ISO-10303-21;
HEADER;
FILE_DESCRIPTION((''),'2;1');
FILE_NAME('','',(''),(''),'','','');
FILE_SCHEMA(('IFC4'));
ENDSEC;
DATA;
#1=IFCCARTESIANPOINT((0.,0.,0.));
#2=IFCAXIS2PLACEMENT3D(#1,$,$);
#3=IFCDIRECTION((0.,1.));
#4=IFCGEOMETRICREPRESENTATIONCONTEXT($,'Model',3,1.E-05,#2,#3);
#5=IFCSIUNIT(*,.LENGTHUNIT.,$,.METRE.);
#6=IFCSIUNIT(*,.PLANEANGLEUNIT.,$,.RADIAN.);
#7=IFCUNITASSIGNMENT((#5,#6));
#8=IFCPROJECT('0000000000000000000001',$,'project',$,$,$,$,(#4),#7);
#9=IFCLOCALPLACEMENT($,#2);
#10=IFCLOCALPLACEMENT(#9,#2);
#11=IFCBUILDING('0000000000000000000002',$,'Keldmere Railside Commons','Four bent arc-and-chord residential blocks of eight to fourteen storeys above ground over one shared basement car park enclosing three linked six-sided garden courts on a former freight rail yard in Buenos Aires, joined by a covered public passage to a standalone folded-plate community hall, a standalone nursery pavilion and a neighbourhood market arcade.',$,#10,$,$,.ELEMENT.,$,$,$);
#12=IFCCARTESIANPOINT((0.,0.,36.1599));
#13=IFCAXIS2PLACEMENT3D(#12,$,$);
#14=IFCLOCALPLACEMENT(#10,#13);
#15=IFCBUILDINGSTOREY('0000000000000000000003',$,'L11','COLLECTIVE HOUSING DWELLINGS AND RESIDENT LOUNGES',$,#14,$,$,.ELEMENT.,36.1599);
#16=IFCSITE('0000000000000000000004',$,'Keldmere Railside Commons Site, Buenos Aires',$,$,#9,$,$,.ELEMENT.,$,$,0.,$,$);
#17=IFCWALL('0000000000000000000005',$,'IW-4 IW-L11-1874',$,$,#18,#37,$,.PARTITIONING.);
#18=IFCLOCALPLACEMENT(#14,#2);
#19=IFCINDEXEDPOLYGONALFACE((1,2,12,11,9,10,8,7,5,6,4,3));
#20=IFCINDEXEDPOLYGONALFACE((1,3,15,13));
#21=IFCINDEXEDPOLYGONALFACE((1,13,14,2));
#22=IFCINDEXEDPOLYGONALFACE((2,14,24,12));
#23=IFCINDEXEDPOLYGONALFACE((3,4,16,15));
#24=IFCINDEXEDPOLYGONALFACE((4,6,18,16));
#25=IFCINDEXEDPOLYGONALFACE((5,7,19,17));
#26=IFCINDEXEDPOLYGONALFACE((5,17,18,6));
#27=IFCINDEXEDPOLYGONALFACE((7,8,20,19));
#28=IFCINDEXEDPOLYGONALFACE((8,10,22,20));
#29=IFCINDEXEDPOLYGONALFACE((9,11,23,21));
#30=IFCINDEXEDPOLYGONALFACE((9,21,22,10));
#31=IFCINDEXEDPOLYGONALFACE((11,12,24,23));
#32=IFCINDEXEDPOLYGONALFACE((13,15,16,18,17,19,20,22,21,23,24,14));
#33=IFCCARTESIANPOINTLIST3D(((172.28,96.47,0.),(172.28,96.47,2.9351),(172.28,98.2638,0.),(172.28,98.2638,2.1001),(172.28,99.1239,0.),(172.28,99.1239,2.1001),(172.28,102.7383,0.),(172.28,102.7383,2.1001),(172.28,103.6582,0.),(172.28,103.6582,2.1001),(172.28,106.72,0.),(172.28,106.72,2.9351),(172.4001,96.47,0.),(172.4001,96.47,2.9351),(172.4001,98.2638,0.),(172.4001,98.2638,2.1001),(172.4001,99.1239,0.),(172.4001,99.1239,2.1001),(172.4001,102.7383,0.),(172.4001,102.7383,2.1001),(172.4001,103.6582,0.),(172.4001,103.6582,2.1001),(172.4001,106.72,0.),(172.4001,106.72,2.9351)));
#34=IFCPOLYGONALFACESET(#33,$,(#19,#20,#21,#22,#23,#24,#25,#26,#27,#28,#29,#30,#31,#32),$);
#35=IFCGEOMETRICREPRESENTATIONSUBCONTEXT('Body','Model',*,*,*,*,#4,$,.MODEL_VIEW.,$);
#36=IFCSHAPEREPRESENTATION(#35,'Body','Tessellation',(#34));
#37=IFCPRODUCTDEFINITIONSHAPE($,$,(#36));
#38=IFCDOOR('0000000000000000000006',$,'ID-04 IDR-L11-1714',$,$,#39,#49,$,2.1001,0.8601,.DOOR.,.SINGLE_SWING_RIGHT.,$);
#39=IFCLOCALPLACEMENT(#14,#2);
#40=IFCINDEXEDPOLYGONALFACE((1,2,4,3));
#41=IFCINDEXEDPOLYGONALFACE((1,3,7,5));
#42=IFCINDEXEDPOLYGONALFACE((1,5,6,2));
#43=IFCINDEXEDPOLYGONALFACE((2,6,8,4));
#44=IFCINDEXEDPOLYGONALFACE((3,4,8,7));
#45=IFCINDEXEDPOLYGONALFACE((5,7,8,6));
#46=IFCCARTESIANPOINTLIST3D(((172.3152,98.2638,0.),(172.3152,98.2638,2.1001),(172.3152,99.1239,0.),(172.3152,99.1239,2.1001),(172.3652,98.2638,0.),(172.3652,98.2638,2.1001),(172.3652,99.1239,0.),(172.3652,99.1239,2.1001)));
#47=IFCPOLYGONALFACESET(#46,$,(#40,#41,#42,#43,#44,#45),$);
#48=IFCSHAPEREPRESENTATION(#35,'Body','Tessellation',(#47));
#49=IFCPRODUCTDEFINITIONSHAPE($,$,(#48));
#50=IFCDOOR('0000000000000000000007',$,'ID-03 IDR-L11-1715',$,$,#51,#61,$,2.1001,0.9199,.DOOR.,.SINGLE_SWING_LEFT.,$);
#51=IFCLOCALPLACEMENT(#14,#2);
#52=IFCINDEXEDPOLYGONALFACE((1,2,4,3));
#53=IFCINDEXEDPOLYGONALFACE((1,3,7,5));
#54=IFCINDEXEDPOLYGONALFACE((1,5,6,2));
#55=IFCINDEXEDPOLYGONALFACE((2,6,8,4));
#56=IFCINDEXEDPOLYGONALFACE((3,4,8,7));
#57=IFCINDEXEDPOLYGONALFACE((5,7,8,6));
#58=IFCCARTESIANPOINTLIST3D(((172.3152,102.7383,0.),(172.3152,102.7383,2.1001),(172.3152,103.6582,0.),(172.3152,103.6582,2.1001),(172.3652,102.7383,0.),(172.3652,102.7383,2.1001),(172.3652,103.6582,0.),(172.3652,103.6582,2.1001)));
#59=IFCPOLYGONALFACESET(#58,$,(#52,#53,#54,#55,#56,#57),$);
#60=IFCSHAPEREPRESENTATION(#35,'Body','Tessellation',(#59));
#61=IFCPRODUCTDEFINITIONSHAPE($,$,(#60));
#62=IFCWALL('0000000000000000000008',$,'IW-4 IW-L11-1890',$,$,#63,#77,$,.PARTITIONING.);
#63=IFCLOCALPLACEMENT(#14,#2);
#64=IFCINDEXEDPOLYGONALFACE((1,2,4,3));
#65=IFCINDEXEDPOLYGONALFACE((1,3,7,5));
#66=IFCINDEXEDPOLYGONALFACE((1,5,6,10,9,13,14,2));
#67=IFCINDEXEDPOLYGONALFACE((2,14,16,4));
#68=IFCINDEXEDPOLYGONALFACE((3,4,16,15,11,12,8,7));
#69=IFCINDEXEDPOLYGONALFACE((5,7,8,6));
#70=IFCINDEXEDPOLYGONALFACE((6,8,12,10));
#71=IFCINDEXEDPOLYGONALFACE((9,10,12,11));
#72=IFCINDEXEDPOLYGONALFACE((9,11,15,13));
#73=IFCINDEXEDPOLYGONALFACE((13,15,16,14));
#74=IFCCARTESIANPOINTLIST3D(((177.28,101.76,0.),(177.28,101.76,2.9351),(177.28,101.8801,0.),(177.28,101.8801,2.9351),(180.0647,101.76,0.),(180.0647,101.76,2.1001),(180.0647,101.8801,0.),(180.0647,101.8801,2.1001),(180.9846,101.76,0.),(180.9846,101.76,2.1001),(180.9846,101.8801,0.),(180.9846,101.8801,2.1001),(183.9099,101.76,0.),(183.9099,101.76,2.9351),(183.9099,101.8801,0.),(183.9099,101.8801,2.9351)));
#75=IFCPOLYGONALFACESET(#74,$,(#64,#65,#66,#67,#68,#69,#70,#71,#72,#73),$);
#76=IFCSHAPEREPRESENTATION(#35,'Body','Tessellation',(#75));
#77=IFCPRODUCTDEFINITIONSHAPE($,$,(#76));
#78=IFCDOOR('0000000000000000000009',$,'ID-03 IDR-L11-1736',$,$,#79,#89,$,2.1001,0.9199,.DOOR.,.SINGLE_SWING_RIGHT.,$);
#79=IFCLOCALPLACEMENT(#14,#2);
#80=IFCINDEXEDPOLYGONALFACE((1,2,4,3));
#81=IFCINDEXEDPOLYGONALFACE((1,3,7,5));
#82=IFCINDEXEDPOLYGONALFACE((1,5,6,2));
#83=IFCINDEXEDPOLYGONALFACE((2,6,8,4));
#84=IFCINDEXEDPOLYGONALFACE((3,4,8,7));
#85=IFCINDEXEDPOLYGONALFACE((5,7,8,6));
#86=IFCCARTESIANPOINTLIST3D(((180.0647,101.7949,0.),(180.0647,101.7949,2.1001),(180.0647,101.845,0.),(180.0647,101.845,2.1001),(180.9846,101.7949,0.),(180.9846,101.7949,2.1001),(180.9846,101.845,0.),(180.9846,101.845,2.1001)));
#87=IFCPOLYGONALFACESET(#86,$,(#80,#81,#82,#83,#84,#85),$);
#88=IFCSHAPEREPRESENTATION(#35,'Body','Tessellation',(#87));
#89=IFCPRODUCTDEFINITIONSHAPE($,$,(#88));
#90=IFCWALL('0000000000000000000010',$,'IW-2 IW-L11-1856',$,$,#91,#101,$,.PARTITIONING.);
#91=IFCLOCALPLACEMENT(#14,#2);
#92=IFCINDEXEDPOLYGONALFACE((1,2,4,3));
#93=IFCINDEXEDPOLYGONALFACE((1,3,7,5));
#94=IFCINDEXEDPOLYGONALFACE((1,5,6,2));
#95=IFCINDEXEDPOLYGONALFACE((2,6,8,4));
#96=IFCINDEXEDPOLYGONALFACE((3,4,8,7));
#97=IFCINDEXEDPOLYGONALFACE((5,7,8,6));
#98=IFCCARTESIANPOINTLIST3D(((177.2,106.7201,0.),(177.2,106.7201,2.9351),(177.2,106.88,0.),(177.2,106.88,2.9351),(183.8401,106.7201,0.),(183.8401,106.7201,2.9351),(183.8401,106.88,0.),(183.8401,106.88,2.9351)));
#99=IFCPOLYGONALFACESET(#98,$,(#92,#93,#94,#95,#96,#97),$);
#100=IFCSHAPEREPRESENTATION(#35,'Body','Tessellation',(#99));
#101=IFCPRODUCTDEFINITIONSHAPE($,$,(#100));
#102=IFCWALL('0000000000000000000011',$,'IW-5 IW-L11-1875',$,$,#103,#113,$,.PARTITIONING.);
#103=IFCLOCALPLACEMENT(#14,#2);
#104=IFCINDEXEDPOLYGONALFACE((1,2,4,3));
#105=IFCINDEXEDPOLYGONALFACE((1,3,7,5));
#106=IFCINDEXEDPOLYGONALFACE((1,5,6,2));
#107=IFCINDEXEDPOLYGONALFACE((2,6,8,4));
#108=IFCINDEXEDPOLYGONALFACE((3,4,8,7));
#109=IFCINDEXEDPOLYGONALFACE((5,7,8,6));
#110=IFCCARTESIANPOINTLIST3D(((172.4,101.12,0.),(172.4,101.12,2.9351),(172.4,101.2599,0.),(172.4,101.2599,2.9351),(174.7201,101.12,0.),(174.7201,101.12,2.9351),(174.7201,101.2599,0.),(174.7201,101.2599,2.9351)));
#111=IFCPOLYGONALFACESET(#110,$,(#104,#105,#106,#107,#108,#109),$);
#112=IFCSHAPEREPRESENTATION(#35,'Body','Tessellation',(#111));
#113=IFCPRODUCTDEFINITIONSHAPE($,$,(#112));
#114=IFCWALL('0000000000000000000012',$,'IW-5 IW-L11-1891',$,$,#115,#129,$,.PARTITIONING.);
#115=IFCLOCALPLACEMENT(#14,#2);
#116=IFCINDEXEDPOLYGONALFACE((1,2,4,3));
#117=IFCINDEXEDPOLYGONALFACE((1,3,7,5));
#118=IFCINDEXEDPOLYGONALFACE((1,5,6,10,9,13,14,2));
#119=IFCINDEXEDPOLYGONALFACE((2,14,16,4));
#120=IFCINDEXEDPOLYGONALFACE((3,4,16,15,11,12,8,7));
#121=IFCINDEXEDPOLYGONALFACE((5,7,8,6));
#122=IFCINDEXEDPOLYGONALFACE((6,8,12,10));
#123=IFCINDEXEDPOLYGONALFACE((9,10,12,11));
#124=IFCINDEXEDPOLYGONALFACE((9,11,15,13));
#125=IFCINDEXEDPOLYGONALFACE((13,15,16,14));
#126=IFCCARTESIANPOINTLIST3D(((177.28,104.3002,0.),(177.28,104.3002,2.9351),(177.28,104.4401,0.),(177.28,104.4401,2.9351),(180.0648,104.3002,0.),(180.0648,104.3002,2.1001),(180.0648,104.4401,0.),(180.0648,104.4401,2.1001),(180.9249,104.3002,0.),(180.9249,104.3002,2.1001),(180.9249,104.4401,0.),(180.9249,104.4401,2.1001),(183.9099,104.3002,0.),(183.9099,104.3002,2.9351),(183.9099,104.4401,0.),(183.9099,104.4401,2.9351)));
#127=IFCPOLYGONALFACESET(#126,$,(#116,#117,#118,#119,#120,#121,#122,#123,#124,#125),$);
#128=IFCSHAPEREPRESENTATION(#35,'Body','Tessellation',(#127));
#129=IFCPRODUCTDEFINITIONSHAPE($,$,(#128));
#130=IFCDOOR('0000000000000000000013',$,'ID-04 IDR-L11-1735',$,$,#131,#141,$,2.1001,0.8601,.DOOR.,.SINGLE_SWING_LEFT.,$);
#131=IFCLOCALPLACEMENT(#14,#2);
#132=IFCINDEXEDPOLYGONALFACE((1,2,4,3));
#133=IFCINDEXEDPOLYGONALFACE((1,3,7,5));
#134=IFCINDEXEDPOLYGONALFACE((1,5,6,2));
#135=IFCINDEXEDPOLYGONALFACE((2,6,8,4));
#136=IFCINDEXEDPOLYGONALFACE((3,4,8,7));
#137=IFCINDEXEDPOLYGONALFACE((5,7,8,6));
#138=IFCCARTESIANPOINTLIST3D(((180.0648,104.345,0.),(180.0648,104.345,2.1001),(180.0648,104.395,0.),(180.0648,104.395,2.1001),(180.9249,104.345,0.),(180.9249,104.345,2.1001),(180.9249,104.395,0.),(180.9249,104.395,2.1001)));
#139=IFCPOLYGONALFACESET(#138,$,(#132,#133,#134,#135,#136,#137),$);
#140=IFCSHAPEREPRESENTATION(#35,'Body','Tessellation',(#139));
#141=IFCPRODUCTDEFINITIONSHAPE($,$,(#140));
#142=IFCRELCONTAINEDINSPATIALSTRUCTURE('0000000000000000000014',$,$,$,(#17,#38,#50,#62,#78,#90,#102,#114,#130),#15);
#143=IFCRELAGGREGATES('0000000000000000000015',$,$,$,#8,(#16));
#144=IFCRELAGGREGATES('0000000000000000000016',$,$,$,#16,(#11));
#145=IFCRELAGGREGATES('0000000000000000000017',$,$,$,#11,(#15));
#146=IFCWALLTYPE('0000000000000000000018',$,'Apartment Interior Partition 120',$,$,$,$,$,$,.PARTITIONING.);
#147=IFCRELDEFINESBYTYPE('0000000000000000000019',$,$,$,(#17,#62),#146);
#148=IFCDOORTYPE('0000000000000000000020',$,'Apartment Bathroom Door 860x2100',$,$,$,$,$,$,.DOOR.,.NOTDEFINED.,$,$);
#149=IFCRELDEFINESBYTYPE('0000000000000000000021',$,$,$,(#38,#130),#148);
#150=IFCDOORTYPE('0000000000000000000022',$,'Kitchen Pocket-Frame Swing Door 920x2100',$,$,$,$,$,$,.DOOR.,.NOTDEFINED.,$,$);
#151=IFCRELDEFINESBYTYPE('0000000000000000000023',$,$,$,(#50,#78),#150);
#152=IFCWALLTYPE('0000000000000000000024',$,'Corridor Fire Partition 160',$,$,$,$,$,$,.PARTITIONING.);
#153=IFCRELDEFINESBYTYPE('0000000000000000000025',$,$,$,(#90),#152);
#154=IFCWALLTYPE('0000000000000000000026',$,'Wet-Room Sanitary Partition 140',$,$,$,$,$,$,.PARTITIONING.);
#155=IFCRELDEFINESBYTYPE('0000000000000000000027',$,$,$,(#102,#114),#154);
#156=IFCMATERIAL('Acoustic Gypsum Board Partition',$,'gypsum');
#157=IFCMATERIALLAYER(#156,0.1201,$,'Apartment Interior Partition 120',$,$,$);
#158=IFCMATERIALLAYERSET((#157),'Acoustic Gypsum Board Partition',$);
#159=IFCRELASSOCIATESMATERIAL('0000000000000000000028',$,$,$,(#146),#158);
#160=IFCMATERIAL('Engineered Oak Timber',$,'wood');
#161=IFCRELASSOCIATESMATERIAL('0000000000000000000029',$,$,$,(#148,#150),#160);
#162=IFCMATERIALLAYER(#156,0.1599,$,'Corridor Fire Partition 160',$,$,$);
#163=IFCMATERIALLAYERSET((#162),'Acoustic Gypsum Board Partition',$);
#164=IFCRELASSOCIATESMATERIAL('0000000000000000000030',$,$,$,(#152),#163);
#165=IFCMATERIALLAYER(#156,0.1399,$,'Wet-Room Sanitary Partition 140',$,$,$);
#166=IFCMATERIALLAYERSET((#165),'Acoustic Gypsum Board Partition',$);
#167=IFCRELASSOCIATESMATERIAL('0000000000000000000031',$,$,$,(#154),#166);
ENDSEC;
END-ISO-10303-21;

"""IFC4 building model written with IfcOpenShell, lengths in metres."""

from ifc_helpers import new_model, si_unit, direction, frame, frame_2d, origin, place, context, subcontext, project, spatial, rectangle, extrude, material, layer, layer_set, type_object, element, fill, save


model = new_model("IFC4")

# Units and contexts
model_context = context("Model", 3, precision=1e-05, world=origin(), true_north=direction((0.0, 1.0)))
body_context = subcontext(model_context, "Body", "Model", "MODEL_VIEW")
ifc_project = project(units=[si_unit("LENGTHUNIT", "METRE"), si_unit("PLANEANGLEUNIT", "RADIAN")], contexts=[model_context])

# Site, building, storey
site_placement = place(None, origin())
site = spatial("IfcSite", under=ifc_project, at=site_placement, Name="Keldmere Railside Commons Site, Buenos Aires", CompositionType="ELEMENT", RefElevation=0.0)
building_placement = place(site_placement, origin())
building = spatial("IfcBuilding", under=site, at=building_placement, Name="Keldmere Railside Commons", Description="Four bent arc-and-chord residential blocks of eight to fourteen storeys above ground over one shared basement car park enclosing three linked six-sided garden courts on a former freight rail yard in Buenos Aires, joined by a covered public passage to a standalone folded-plate community hall, a standalone nursery pavilion and a neighbourhood market arcade.", CompositionType="ELEMENT")
storey_placement = place(building_placement, frame((0.0, 0.0, 36.1599)))
storey = spatial("IfcBuildingStorey", under=building, at=storey_placement, Name="L11", Description="COLLECTIVE HOUSING DWELLINGS AND RESIDENT LOUNGES", CompositionType="ELEMENT", Elevation=36.1599)

# Wall, openings, doors
ifc_material_1 = material(Name="Acoustic Gypsum Board Partition", Category="gypsum")
ifc_layer_1 = layer(ifc_material_1, 0.1201, Name="Apartment Interior Partition 120")
ifc_layer_set_1 = layer_set([ifc_layer_1], Name="Acoustic Gypsum Board Partition")
wall_type_1 = type_object("IfcWallType", Name="Apartment Interior Partition 120", PredefinedType="PARTITIONING", material=ifc_layer_set_1)
wall_1_placement = place(storey_placement, frame((172.3401, 96.47, 0.0), z_axis=(0.0, 0.0, 1.0), x_axis=(0.0, 1.0, 0.0)))
wall_1 = element("IfcWall", 1, at=wall_1_placement, inside=storey, type_object=wall_type_1, Name="IW-4 IW-L11-1874", PredefinedType="PARTITIONING", context=body_context, shape_type="SweptSolid", body=[
    extrude(rectangle(XDim=10.25, YDim=0.1201, at=frame_2d((5.125, 0.0))), origin(), (0.0, 0.0, 1.0), 2.9351),
])
opening_1_placement = place(wall_1_placement, frame((1.7937, 0.0, 0.0)))
opening_1 = element("IfcOpeningElement", 2, at=opening_1_placement, cuts=wall_1, PredefinedType="OPENING", context=body_context, shape_type="SweptSolid", body=[
    extrude(rectangle(XDim=0.8601, YDim=2.1001, at=frame_2d((0.4302, 1.05))), frame((0.0, 0.0701, 0.0), z_axis=(0.0, -1.0, 0.0), x_axis=(1.0, 0.0, 0.0)), (0.0, 0.0, 1.0), 0.1401),
])
opening_2_placement = place(wall_1_placement, frame((6.2683, 0.0, 0.0)))
opening_2 = element("IfcOpeningElement", 3, at=opening_2_placement, cuts=wall_1, PredefinedType="OPENING", context=body_context, shape_type="SweptSolid", body=[
    extrude(rectangle(XDim=0.9199, YDim=2.1001, at=frame_2d((0.46, 1.05))), frame((0.0, 0.0701, 0.0), z_axis=(0.0, -1.0, 0.0), x_axis=(1.0, 0.0, 0.0)), (0.0, 0.0, 1.0), 0.1401),
])
ifc_material_2 = material(Name="Engineered Oak Timber", Category="wood")
door_type_1 = type_object("IfcDoorType", Name="Apartment Bathroom Door 860x2100", OperationType="NOTDEFINED", PredefinedType="DOOR", material=ifc_material_2)
door_1_placement = place(opening_1_placement, origin())
door_1 = element("IfcDoor", 4, at=door_1_placement, inside=storey, type_object=door_type_1, Name="ID-04 IDR-L11-1714", OperationType="SINGLE_SWING_RIGHT", OverallHeight=2.1001, OverallWidth=0.8601, PredefinedType="DOOR", context=body_context, shape_type="SweptSolid", body=[
    extrude(rectangle(XDim=0.8601, YDim=2.1001, at=frame_2d((0.4302, 1.05))), frame((0.0, 0.0249, 0.0), z_axis=(0.0, -1.0, 0.0), x_axis=(1.0, 0.0, 0.0)), (0.0, 0.0, 1.0), 0.05),
])
fill(opening_1, door_1)
door_type_2 = type_object("IfcDoorType", Name="Kitchen Pocket-Frame Swing Door 920x2100", OperationType="NOTDEFINED", PredefinedType="DOOR", material=ifc_material_2)
door_2_placement = place(opening_2_placement, origin())
door_2 = element("IfcDoor", 5, at=door_2_placement, inside=storey, type_object=door_type_2, Name="ID-03 IDR-L11-1715", OperationType="SINGLE_SWING_LEFT", OverallHeight=2.1001, OverallWidth=0.9199, PredefinedType="DOOR", context=body_context, shape_type="SweptSolid", body=[
    extrude(rectangle(XDim=0.9199, YDim=2.1001, at=frame_2d((0.46, 1.05))), frame((0.0, 0.0249, 0.0), z_axis=(0.0, -1.0, 0.0), x_axis=(1.0, 0.0, 0.0)), (0.0, 0.0, 1.0), 0.05),
])
fill(opening_2, door_2)

# Wall, opening, door
wall_2_placement = place(storey_placement, frame((177.28, 101.8201, 0.0), z_axis=(0.0, 0.0, 1.0), x_axis=(1.0, 0.0, 0.0)))
wall_2 = element("IfcWall", 6, at=wall_2_placement, inside=storey, type_object=wall_type_1, Name="IW-4 IW-L11-1890", PredefinedType="PARTITIONING", context=body_context, shape_type="SweptSolid", body=[
    extrude(rectangle(XDim=6.6299, YDim=0.1201, at=frame_2d((3.3149, 0.0))), origin(), (0.0, 0.0, 1.0), 2.9351),
])
opening_3_placement = place(wall_2_placement, frame((2.7847, 0.0, 0.0)))
opening_3 = element("IfcOpeningElement", 7, at=opening_3_placement, cuts=wall_2, PredefinedType="OPENING", context=body_context, shape_type="SweptSolid", body=[
    extrude(rectangle(XDim=0.9199, YDim=2.1001, at=frame_2d((0.46, 1.05))), frame((0.0, 0.0701, 0.0), z_axis=(0.0, -1.0, 0.0), x_axis=(1.0, 0.0, 0.0)), (0.0, 0.0, 1.0), 0.1401),
])
door_3_placement = place(opening_3_placement, origin())
door_3 = element("IfcDoor", 8, at=door_3_placement, inside=storey, type_object=door_type_2, Name="ID-03 IDR-L11-1736", OperationType="SINGLE_SWING_RIGHT", OverallHeight=2.1001, OverallWidth=0.9199, PredefinedType="DOOR", context=body_context, shape_type="SweptSolid", body=[
    extrude(rectangle(XDim=0.9199, YDim=2.1001, at=frame_2d((0.46, 1.05))), frame((0.0, 0.0249, 0.0), z_axis=(0.0, -1.0, 0.0), x_axis=(1.0, 0.0, 0.0)), (0.0, 0.0, 1.0), 0.05),
])
fill(opening_3, door_3)

# Walls
ifc_layer_2 = layer(ifc_material_1, 0.1599, Name="Corridor Fire Partition 160")
ifc_layer_set_2 = layer_set([ifc_layer_2], Name="Acoustic Gypsum Board Partition")
wall_type_2 = type_object("IfcWallType", Name="Corridor Fire Partition 160", PredefinedType="PARTITIONING", material=ifc_layer_set_2)
wall_3_placement = place(storey_placement, frame((177.2, 106.8, 0.0), z_axis=(0.0, 0.0, 1.0), x_axis=(1.0, 0.0, 0.0)))
element("IfcWall", 9, at=wall_3_placement, inside=storey, type_object=wall_type_2, Name="IW-2 IW-L11-1856", PredefinedType="PARTITIONING", context=body_context, shape_type="SweptSolid", body=[
    extrude(rectangle(XDim=6.6401, YDim=0.1599, at=frame_2d((3.3201, 0.0))), origin(), (0.0, 0.0, 1.0), 2.9351),
])
ifc_layer_3 = layer(ifc_material_1, 0.1399, Name="Wet-Room Sanitary Partition 140")
ifc_layer_set_3 = layer_set([ifc_layer_3], Name="Acoustic Gypsum Board Partition")
wall_type_3 = type_object("IfcWallType", Name="Wet-Room Sanitary Partition 140", PredefinedType="PARTITIONING", material=ifc_layer_set_3)
wall_4_placement = place(storey_placement, frame((172.3999, 101.1899, 0.0), z_axis=(0.0, 0.0, 1.0), x_axis=(1.0, 0.0, 0.0)))
element("IfcWall", 10, at=wall_4_placement, inside=storey, type_object=wall_type_3, Name="IW-5 IW-L11-1875", PredefinedType="PARTITIONING", context=body_context, shape_type="SweptSolid", body=[
    extrude(rectangle(XDim=2.3201, YDim=0.1399, at=frame_2d((1.1602, 0.0))), origin(), (0.0, 0.0, 1.0), 2.9351),
])

# Wall, opening, door
wall_5_placement = place(storey_placement, frame((177.28, 104.3701, 0.0), z_axis=(0.0, 0.0, 1.0), x_axis=(1.0, 0.0, 0.0)))
wall_5 = element("IfcWall", 11, at=wall_5_placement, inside=storey, type_object=wall_type_3, Name="IW-5 IW-L11-1891", PredefinedType="PARTITIONING", context=body_context, shape_type="SweptSolid", body=[
    extrude(rectangle(XDim=6.6299, YDim=0.1399, at=frame_2d((3.3149, 0.0))), origin(), (0.0, 0.0, 1.0), 2.9351),
])
opening_4_placement = place(wall_5_placement, frame((2.7847, 0.0, 0.0)))
opening_4 = element("IfcOpeningElement", 12, at=opening_4_placement, cuts=wall_5, PredefinedType="OPENING", context=body_context, shape_type="SweptSolid", body=[
    extrude(rectangle(XDim=0.8601, YDim=2.1001, at=frame_2d((0.4302, 1.05))), frame((0.0, 0.0798, 0.0), z_axis=(0.0, -1.0, 0.0), x_axis=(1.0, 0.0, 0.0)), (0.0, 0.0, 1.0), 0.1599),
])
door_4_placement = place(opening_4_placement, origin())
door_4 = element("IfcDoor", 13, at=door_4_placement, inside=storey, type_object=door_type_1, Name="ID-04 IDR-L11-1735", OperationType="SINGLE_SWING_LEFT", OverallHeight=2.1001, OverallWidth=0.8601, PredefinedType="DOOR", context=body_context, shape_type="SweptSolid", body=[
    extrude(rectangle(XDim=0.8601, YDim=2.1001, at=frame_2d((0.4302, 1.05))), frame((0.0, 0.0249, 0.0), z_axis=(0.0, -1.0, 0.0), x_axis=(1.0, 0.0, 0.0)), (0.0, 0.0, 1.0), 0.05),
])
fill(opening_4, door_4)

save(model, "model.ifc")
